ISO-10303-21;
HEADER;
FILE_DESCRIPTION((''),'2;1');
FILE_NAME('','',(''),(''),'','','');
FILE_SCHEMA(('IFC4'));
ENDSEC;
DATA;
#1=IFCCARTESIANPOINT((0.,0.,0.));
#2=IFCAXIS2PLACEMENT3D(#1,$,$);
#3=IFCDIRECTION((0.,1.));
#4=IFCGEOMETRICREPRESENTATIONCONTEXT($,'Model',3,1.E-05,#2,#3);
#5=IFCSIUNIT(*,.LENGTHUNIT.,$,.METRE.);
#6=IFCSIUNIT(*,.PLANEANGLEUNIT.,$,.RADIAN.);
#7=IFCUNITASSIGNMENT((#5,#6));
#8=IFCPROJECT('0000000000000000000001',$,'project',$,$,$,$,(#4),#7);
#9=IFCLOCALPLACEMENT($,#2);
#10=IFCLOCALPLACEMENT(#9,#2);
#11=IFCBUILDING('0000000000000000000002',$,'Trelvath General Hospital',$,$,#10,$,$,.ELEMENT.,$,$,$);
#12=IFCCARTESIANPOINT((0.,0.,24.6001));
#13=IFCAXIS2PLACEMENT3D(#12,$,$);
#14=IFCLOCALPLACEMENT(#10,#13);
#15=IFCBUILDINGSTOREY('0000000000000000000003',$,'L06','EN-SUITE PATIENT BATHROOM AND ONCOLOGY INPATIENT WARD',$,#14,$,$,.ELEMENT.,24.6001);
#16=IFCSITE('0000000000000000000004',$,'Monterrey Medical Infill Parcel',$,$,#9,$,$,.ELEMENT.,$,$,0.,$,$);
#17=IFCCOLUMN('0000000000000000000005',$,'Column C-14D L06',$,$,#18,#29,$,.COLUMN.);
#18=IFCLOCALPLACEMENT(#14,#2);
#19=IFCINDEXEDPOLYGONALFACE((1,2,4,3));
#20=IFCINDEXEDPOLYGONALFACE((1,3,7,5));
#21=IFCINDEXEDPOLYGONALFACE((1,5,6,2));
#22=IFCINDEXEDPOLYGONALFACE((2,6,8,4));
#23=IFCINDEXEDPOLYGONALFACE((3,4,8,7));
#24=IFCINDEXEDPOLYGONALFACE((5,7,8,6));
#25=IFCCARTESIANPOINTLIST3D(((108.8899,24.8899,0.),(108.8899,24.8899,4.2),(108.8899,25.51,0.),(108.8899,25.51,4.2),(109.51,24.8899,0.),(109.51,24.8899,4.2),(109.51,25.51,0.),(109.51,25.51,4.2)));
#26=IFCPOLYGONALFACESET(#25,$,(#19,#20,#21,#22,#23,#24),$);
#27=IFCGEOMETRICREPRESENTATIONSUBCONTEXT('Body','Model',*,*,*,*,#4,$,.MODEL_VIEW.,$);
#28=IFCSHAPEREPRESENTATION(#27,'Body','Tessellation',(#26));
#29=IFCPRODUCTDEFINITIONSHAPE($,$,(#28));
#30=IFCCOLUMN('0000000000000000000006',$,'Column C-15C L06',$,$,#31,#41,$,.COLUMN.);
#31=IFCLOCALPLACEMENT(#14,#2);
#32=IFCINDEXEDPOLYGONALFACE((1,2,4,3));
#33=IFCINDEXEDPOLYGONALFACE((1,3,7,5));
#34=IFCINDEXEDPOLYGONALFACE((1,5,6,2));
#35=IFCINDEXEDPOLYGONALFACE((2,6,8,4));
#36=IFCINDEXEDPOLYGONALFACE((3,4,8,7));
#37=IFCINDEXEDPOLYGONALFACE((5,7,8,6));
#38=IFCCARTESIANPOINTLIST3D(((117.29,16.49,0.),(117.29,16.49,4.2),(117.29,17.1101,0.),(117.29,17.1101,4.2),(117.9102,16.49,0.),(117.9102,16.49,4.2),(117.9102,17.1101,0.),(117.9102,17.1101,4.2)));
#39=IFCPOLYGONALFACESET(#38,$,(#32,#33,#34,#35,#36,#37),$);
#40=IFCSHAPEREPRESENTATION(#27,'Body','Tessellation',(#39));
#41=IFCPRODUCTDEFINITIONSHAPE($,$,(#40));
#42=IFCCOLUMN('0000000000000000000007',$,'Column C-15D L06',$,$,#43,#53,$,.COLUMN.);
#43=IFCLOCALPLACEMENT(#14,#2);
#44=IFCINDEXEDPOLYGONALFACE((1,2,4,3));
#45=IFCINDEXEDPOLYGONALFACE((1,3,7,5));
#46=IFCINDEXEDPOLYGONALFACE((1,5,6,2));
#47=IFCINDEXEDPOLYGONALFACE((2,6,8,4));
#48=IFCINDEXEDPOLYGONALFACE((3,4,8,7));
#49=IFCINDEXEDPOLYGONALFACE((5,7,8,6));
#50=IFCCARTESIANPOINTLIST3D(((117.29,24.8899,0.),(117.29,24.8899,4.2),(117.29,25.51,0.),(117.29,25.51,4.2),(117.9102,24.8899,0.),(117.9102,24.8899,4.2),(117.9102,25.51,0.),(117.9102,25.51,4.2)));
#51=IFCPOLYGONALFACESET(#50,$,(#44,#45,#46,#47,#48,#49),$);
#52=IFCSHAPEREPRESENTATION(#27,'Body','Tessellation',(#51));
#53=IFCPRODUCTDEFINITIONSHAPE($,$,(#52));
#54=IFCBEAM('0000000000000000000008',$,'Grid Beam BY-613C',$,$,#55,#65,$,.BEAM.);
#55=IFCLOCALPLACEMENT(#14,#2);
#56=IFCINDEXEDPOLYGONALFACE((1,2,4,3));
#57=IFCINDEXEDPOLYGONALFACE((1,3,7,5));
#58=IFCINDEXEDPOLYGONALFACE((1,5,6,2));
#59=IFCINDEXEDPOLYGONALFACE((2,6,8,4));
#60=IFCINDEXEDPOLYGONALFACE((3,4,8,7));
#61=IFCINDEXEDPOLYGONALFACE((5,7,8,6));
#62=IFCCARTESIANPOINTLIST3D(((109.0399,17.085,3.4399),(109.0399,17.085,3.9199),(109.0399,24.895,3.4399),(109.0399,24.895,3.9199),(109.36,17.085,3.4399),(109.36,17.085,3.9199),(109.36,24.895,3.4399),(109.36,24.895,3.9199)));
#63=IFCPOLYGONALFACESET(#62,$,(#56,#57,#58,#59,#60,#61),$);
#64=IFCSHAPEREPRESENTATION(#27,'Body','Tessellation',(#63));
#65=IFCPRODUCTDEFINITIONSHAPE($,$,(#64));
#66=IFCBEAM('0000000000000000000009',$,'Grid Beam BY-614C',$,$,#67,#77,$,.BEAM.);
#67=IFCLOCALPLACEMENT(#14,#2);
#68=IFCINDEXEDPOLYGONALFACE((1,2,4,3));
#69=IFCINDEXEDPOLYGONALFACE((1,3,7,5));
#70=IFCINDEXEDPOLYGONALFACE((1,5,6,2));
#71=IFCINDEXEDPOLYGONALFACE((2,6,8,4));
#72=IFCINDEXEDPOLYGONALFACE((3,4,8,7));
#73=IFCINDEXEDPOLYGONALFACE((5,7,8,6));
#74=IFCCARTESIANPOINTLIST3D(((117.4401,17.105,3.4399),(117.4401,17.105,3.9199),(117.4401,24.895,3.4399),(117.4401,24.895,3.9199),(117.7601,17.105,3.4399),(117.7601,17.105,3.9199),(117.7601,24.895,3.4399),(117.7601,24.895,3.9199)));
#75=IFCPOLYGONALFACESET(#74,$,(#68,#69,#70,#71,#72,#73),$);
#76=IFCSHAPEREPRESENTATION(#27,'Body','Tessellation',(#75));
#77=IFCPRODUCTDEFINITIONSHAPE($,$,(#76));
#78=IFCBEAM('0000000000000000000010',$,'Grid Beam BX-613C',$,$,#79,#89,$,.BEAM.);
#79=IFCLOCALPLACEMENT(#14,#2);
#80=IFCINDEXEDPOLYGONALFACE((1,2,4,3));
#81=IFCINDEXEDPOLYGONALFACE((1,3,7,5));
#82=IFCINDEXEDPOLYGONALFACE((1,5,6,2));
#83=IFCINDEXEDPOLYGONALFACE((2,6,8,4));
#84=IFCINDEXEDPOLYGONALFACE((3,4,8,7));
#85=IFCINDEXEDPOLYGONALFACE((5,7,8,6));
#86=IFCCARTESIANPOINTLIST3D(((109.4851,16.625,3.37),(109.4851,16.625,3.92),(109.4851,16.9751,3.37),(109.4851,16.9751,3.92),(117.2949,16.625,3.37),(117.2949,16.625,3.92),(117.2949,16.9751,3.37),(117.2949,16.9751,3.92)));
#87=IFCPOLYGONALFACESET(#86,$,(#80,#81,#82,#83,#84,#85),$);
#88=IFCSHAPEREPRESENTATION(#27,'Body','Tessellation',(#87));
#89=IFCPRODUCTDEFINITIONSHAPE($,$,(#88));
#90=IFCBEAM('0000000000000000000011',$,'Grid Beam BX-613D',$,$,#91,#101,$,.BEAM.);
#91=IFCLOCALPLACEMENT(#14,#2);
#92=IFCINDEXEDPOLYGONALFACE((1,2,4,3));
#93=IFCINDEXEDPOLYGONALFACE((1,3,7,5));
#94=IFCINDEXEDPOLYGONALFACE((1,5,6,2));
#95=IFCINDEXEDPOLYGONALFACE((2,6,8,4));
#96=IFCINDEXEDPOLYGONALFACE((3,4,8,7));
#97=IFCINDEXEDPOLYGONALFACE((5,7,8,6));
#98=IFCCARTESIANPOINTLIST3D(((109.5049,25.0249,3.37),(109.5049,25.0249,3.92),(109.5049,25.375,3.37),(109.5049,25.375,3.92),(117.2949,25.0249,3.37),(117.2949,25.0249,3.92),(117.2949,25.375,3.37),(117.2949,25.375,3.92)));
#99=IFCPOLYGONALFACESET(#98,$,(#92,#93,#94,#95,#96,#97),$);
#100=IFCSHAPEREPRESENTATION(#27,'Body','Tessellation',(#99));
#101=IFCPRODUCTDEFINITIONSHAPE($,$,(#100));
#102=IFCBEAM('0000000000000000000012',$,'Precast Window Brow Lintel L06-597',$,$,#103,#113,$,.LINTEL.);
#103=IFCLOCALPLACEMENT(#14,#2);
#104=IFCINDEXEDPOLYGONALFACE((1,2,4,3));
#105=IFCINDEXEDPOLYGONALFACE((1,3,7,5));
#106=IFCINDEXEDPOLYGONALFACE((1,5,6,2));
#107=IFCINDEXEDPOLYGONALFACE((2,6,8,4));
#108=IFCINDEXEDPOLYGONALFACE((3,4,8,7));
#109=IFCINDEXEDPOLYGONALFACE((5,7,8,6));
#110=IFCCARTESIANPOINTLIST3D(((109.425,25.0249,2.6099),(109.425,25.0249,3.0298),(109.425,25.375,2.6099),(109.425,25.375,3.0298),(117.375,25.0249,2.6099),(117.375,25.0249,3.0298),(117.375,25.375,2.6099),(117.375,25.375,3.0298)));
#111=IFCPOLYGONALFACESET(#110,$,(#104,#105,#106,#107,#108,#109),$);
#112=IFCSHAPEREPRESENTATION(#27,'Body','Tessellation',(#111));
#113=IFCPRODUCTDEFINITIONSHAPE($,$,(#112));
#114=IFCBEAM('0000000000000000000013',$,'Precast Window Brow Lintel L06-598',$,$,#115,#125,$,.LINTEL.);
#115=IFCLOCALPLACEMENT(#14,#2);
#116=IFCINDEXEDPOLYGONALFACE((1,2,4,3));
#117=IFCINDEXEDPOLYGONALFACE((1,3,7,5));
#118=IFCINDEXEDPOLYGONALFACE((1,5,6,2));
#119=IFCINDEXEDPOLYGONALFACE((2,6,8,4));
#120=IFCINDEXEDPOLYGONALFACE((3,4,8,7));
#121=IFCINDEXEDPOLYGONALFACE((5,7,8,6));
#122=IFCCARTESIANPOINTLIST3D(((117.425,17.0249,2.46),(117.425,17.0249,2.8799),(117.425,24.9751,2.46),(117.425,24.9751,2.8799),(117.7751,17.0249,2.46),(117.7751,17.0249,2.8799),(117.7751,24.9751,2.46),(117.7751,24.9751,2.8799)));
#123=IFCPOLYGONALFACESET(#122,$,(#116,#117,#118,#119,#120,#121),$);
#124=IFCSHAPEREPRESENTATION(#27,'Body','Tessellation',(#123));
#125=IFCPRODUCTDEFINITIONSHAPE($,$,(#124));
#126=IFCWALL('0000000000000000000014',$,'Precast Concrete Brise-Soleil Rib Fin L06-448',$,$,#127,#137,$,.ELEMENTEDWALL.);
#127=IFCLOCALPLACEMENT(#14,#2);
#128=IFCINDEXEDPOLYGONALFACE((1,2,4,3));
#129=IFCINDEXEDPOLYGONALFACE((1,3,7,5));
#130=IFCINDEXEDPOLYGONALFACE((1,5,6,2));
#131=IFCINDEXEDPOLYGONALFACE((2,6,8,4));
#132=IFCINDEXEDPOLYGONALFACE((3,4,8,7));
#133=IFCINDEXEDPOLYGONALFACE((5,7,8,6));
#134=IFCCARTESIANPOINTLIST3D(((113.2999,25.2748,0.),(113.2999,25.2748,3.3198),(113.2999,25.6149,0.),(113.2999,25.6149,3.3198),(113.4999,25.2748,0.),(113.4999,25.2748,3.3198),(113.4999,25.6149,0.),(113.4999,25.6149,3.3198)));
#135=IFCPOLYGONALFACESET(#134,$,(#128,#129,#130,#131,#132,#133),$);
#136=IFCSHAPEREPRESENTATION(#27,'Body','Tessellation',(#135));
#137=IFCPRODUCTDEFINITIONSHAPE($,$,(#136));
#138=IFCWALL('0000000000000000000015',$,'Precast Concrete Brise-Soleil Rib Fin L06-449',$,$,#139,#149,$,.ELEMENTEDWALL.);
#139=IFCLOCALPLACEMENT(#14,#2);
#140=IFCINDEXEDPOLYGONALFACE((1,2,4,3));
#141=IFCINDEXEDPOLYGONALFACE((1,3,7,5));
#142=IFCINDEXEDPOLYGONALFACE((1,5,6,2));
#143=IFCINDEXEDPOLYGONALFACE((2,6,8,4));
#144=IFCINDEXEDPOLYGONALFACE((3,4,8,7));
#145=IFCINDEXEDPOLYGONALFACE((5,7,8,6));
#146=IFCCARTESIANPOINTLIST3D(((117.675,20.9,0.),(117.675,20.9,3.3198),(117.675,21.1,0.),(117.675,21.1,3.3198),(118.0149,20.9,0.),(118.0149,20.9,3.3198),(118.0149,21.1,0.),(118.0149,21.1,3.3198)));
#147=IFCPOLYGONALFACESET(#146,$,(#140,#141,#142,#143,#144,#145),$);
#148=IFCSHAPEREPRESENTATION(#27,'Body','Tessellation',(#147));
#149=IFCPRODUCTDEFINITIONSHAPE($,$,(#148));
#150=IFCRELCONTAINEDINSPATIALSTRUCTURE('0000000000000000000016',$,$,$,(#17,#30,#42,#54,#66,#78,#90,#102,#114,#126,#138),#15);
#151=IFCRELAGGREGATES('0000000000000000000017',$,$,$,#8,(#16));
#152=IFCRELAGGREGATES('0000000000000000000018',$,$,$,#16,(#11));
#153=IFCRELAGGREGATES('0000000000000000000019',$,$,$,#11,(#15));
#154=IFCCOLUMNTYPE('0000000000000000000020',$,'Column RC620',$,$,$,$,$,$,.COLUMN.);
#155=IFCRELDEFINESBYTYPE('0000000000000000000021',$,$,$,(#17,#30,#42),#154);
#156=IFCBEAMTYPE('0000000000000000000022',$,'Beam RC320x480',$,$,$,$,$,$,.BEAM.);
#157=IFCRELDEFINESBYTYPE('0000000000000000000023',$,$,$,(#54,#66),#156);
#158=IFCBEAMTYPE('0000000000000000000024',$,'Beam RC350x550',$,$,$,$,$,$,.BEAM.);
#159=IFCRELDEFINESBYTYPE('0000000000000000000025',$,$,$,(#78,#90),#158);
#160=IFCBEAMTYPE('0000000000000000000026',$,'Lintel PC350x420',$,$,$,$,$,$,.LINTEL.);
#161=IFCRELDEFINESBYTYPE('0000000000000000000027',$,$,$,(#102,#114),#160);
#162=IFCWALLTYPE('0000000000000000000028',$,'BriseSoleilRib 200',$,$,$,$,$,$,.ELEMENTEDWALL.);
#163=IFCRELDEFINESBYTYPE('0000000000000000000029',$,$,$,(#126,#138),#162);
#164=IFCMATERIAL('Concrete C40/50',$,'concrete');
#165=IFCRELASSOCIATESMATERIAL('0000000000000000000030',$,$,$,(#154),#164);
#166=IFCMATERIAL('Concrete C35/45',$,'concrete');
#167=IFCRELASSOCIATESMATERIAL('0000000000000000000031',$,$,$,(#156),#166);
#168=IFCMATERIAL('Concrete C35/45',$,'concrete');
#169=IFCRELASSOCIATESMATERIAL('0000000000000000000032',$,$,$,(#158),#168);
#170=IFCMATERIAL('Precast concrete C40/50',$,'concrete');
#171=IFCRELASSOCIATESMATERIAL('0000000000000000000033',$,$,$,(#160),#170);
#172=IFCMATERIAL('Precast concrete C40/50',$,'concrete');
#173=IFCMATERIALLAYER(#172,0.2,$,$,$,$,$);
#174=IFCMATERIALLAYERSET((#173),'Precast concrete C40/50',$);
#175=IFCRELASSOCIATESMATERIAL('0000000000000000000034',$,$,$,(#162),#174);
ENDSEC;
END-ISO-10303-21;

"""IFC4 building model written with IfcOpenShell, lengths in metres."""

from ifc_helpers import new_model, si_unit, direction, frame, frame_2d, origin, origin_2d, place, context, subcontext, project, spatial, rectangle, extrude, material, layer, layer_set, material_profile, profile_set, type_object, element, save


model = new_model("IFC4")

# Units and contexts
model_context = context("Model", 3, precision=1e-05, world=origin(), true_north=direction((0.0, 1.0)))
body_context = subcontext(model_context, "Body", "Model", "MODEL_VIEW")
ifc_project = project(units=[si_unit("LENGTHUNIT", "METRE"), si_unit("PLANEANGLEUNIT", "RADIAN")], contexts=[model_context])

# Site, building, storey
site_placement = place(None, origin())
site = spatial("IfcSite", under=ifc_project, at=site_placement, Name="Monterrey Medical Infill Parcel", CompositionType="ELEMENT", RefElevation=0.0)
building_placement = place(site_placement, origin())
building = spatial("IfcBuilding", under=site, at=building_placement, Name="Trelvath General Hospital", CompositionType="ELEMENT")
storey_placement = place(building_placement, frame((0.0, 0.0, 24.6001)))
storey = spatial("IfcBuildingStorey", under=building, at=storey_placement, Name="L06", Description="EN-SUITE PATIENT BATHROOM AND ONCOLOGY INPATIENT WARD", CompositionType="ELEMENT", Elevation=24.6001)

# Columns
ifc_material_1 = material(Name="Concrete C40/50", Category="concrete")
ifc_material_profile_1 = material_profile(ifc_material_1, rectangle(XDim=0.6201, YDim=0.6201, at=origin_2d()), Name="RC620x620")
ifc_profile_set_1 = profile_set([ifc_material_profile_1], Name="Concrete C40/50")
column_type = type_object("IfcColumnType", Name="Column RC620", PredefinedType="COLUMN", material=ifc_profile_set_1)
for number, where, z_axis, x_axis, name in (
    (1, (109.2, 25.2, 0.0), (0.0, 0.0, 1.0), (1.0, 0.0, 0.0), "Column C-14D L06"),
    (2, (117.6001, 16.8, 0.0), (0.0, 0.0, 1.0), (1.0, 0.0, 0.0), "Column C-15C L06"),
    (3, (117.6001, 25.2, 0.0), (0.0, 0.0, 1.0), (1.0, 0.0, 0.0), "Column C-15D L06"),
):
    element("IfcColumn", number, at=place(storey_placement, frame(where, z_axis=z_axis, x_axis=x_axis)), inside=storey, type_object=column_type, Name=name, PredefinedType="COLUMN", context=body_context, shape_type="SweptSolid", body=[
        extrude(rectangle(XDim=0.6201, YDim=0.6201, at=origin_2d()), origin(), (0.0, 0.0, 1.0), 4.2),
    ])

# Beams
ifc_material_2 = material(Name="Concrete C35/45", Category="concrete")
ifc_material_profile_2 = material_profile(ifc_material_2, rectangle(XDim=0.3201, YDim=0.48, at=origin_2d()), Name="RCB320x480")
ifc_profile_set_2 = profile_set([ifc_material_profile_2], Name="Concrete C35/45")
beam_type_1 = type_object("IfcBeamType", Name="Beam RC320x480", PredefinedType="BEAM", material=ifc_profile_set_2)
beam_1_placement = place(storey_placement, frame((109.2, 17.085, 3.6799), z_axis=(0.0, 1.0, 0.0), x_axis=(-1.0, 0.0, 0.0)))
element("IfcBeam", 4, at=beam_1_placement, inside=storey, type_object=beam_type_1, Name="Grid Beam BY-613C", PredefinedType="BEAM", context=body_context, shape_type="SweptSolid", body=[
    extrude(rectangle(XDim=0.3201, YDim=0.48, at=origin_2d()), origin(), (0.0, 0.0, 1.0), 7.8101),
])
beam_2_placement = place(storey_placement, frame((117.6001, 17.105, 3.6799), z_axis=(0.0, 1.0, 0.0), x_axis=(-1.0, 0.0, 0.0)))
element("IfcBeam", 5, at=beam_2_placement, inside=storey, type_object=beam_type_1, Name="Grid Beam BY-614C", PredefinedType="BEAM", context=body_context, shape_type="SweptSolid", body=[
    extrude(rectangle(XDim=0.3201, YDim=0.48, at=origin_2d()), origin(), (0.0, 0.0, 1.0), 7.79),
])
ifc_material_3 = material(Name="Concrete C35/45", Category="concrete")
ifc_material_profile_3 = material_profile(ifc_material_3, rectangle(XDim=0.3501, YDim=0.55, at=origin_2d()), Name="RCB350x550")
ifc_profile_set_3 = profile_set([ifc_material_profile_3], Name="Concrete C35/45")
beam_type_2 = type_object("IfcBeamType", Name="Beam RC350x550", PredefinedType="BEAM", material=ifc_profile_set_3)
beam_3_placement = place(storey_placement, frame((109.4851, 16.8, 3.645), z_axis=(1.0, 0.0, 0.0), x_axis=(0.0, 1.0, 0.0)))
element("IfcBeam", 6, at=beam_3_placement, inside=storey, type_object=beam_type_2, Name="Grid Beam BX-613C", PredefinedType="BEAM", context=body_context, shape_type="SweptSolid", body=[
    extrude(rectangle(XDim=0.3501, YDim=0.55, at=origin_2d()), origin(), (0.0, 0.0, 1.0), 7.8098),
])
beam_4_placement = place(storey_placement, frame((109.5049, 25.2, 3.645), z_axis=(1.0, 0.0, 0.0), x_axis=(0.0, 1.0, 0.0)))
element("IfcBeam", 7, at=beam_4_placement, inside=storey, type_object=beam_type_2, Name="Grid Beam BX-613D", PredefinedType="BEAM", context=body_context, shape_type="SweptSolid", body=[
    extrude(rectangle(XDim=0.3501, YDim=0.55, at=origin_2d()), origin(), (0.0, 0.0, 1.0), 7.79),
])
ifc_material_4 = material(Name="Precast concrete C40/50", Category="concrete")
ifc_material_profile_4 = material_profile(ifc_material_4, rectangle(XDim=0.3501, YDim=0.4199, at=origin_2d()), Name="PCL350x420")
ifc_profile_set_4 = profile_set([ifc_material_profile_4], Name="Precast concrete C40/50")
beam_type_3 = type_object("IfcBeamType", Name="Lintel PC350x420", PredefinedType="LINTEL", material=ifc_profile_set_4)
beam_5_placement = place(storey_placement, frame((109.425, 25.2, 2.8198), z_axis=(1.0, 0.0, 0.0), x_axis=(0.0, 1.0, 0.0)))
element("IfcBeam", 8, at=beam_5_placement, inside=storey, type_object=beam_type_3, Name="Precast Window Brow Lintel L06-597", PredefinedType="LINTEL", context=body_context, shape_type="SweptSolid", body=[
    extrude(rectangle(XDim=0.3501, YDim=0.4199, at=origin_2d()), origin(), (0.0, 0.0, 1.0), 7.95),
])
beam_6_placement = place(storey_placement, frame((117.6001, 24.9751, 2.6699), z_axis=(0.0, -1.0, 0.0), x_axis=(1.0, 0.0, 0.0)))
element("IfcBeam", 9, at=beam_6_placement, inside=storey, type_object=beam_type_3, Name="Precast Window Brow Lintel L06-598", PredefinedType="LINTEL", context=body_context, shape_type="SweptSolid", body=[
    extrude(rectangle(XDim=0.3501, YDim=0.4199, at=origin_2d()), origin(), (0.0, 0.0, 1.0), 7.9502),
])

# Walls
ifc_material_5 = material(Name="Precast concrete C40/50", Category="concrete")
ifc_layer_1 = layer(ifc_material_5, 0.2)
ifc_layer_set_1 = layer_set([ifc_layer_1], Name="Precast concrete C40/50")
wall_type_1 = type_object("IfcWallType", Name="BriseSoleilRib 200", PredefinedType="ELEMENTEDWALL", material=ifc_layer_set_1)
wall_1_placement = place(storey_placement, frame((113.3999, 25.2749, 0.0), z_axis=(0.0, 0.0, 1.0), x_axis=(0.0, 1.0, 0.0)))
element("IfcWall", 10, at=wall_1_placement, inside=storey, type_object=wall_type_1, Name="Precast Concrete Brise-Soleil Rib Fin L06-448", PredefinedType="ELEMENTEDWALL", context=body_context, shape_type="SweptSolid", body=[
    extrude(rectangle(XDim=0.3401, YDim=0.2, at=frame_2d((0.1699, 0.0))), origin(), (0.0, 0.0, 1.0), 3.3198),
])
wall_2_placement = place(storey_placement, frame((117.675, 21.0, 0.0), z_axis=(0.0, 0.0, 1.0), x_axis=(1.0, 0.0, 0.0)))
element("IfcWall", 11, at=wall_2_placement, inside=storey, type_object=wall_type_1, Name="Precast Concrete Brise-Soleil Rib Fin L06-449", PredefinedType="ELEMENTEDWALL", context=body_context, shape_type="SweptSolid", body=[
    extrude(rectangle(XDim=0.3398, YDim=0.2, at=frame_2d((0.1699, 0.0))), origin(), (0.0, 0.0, 1.0), 3.3198),
])

save(model, "model.ifc")
